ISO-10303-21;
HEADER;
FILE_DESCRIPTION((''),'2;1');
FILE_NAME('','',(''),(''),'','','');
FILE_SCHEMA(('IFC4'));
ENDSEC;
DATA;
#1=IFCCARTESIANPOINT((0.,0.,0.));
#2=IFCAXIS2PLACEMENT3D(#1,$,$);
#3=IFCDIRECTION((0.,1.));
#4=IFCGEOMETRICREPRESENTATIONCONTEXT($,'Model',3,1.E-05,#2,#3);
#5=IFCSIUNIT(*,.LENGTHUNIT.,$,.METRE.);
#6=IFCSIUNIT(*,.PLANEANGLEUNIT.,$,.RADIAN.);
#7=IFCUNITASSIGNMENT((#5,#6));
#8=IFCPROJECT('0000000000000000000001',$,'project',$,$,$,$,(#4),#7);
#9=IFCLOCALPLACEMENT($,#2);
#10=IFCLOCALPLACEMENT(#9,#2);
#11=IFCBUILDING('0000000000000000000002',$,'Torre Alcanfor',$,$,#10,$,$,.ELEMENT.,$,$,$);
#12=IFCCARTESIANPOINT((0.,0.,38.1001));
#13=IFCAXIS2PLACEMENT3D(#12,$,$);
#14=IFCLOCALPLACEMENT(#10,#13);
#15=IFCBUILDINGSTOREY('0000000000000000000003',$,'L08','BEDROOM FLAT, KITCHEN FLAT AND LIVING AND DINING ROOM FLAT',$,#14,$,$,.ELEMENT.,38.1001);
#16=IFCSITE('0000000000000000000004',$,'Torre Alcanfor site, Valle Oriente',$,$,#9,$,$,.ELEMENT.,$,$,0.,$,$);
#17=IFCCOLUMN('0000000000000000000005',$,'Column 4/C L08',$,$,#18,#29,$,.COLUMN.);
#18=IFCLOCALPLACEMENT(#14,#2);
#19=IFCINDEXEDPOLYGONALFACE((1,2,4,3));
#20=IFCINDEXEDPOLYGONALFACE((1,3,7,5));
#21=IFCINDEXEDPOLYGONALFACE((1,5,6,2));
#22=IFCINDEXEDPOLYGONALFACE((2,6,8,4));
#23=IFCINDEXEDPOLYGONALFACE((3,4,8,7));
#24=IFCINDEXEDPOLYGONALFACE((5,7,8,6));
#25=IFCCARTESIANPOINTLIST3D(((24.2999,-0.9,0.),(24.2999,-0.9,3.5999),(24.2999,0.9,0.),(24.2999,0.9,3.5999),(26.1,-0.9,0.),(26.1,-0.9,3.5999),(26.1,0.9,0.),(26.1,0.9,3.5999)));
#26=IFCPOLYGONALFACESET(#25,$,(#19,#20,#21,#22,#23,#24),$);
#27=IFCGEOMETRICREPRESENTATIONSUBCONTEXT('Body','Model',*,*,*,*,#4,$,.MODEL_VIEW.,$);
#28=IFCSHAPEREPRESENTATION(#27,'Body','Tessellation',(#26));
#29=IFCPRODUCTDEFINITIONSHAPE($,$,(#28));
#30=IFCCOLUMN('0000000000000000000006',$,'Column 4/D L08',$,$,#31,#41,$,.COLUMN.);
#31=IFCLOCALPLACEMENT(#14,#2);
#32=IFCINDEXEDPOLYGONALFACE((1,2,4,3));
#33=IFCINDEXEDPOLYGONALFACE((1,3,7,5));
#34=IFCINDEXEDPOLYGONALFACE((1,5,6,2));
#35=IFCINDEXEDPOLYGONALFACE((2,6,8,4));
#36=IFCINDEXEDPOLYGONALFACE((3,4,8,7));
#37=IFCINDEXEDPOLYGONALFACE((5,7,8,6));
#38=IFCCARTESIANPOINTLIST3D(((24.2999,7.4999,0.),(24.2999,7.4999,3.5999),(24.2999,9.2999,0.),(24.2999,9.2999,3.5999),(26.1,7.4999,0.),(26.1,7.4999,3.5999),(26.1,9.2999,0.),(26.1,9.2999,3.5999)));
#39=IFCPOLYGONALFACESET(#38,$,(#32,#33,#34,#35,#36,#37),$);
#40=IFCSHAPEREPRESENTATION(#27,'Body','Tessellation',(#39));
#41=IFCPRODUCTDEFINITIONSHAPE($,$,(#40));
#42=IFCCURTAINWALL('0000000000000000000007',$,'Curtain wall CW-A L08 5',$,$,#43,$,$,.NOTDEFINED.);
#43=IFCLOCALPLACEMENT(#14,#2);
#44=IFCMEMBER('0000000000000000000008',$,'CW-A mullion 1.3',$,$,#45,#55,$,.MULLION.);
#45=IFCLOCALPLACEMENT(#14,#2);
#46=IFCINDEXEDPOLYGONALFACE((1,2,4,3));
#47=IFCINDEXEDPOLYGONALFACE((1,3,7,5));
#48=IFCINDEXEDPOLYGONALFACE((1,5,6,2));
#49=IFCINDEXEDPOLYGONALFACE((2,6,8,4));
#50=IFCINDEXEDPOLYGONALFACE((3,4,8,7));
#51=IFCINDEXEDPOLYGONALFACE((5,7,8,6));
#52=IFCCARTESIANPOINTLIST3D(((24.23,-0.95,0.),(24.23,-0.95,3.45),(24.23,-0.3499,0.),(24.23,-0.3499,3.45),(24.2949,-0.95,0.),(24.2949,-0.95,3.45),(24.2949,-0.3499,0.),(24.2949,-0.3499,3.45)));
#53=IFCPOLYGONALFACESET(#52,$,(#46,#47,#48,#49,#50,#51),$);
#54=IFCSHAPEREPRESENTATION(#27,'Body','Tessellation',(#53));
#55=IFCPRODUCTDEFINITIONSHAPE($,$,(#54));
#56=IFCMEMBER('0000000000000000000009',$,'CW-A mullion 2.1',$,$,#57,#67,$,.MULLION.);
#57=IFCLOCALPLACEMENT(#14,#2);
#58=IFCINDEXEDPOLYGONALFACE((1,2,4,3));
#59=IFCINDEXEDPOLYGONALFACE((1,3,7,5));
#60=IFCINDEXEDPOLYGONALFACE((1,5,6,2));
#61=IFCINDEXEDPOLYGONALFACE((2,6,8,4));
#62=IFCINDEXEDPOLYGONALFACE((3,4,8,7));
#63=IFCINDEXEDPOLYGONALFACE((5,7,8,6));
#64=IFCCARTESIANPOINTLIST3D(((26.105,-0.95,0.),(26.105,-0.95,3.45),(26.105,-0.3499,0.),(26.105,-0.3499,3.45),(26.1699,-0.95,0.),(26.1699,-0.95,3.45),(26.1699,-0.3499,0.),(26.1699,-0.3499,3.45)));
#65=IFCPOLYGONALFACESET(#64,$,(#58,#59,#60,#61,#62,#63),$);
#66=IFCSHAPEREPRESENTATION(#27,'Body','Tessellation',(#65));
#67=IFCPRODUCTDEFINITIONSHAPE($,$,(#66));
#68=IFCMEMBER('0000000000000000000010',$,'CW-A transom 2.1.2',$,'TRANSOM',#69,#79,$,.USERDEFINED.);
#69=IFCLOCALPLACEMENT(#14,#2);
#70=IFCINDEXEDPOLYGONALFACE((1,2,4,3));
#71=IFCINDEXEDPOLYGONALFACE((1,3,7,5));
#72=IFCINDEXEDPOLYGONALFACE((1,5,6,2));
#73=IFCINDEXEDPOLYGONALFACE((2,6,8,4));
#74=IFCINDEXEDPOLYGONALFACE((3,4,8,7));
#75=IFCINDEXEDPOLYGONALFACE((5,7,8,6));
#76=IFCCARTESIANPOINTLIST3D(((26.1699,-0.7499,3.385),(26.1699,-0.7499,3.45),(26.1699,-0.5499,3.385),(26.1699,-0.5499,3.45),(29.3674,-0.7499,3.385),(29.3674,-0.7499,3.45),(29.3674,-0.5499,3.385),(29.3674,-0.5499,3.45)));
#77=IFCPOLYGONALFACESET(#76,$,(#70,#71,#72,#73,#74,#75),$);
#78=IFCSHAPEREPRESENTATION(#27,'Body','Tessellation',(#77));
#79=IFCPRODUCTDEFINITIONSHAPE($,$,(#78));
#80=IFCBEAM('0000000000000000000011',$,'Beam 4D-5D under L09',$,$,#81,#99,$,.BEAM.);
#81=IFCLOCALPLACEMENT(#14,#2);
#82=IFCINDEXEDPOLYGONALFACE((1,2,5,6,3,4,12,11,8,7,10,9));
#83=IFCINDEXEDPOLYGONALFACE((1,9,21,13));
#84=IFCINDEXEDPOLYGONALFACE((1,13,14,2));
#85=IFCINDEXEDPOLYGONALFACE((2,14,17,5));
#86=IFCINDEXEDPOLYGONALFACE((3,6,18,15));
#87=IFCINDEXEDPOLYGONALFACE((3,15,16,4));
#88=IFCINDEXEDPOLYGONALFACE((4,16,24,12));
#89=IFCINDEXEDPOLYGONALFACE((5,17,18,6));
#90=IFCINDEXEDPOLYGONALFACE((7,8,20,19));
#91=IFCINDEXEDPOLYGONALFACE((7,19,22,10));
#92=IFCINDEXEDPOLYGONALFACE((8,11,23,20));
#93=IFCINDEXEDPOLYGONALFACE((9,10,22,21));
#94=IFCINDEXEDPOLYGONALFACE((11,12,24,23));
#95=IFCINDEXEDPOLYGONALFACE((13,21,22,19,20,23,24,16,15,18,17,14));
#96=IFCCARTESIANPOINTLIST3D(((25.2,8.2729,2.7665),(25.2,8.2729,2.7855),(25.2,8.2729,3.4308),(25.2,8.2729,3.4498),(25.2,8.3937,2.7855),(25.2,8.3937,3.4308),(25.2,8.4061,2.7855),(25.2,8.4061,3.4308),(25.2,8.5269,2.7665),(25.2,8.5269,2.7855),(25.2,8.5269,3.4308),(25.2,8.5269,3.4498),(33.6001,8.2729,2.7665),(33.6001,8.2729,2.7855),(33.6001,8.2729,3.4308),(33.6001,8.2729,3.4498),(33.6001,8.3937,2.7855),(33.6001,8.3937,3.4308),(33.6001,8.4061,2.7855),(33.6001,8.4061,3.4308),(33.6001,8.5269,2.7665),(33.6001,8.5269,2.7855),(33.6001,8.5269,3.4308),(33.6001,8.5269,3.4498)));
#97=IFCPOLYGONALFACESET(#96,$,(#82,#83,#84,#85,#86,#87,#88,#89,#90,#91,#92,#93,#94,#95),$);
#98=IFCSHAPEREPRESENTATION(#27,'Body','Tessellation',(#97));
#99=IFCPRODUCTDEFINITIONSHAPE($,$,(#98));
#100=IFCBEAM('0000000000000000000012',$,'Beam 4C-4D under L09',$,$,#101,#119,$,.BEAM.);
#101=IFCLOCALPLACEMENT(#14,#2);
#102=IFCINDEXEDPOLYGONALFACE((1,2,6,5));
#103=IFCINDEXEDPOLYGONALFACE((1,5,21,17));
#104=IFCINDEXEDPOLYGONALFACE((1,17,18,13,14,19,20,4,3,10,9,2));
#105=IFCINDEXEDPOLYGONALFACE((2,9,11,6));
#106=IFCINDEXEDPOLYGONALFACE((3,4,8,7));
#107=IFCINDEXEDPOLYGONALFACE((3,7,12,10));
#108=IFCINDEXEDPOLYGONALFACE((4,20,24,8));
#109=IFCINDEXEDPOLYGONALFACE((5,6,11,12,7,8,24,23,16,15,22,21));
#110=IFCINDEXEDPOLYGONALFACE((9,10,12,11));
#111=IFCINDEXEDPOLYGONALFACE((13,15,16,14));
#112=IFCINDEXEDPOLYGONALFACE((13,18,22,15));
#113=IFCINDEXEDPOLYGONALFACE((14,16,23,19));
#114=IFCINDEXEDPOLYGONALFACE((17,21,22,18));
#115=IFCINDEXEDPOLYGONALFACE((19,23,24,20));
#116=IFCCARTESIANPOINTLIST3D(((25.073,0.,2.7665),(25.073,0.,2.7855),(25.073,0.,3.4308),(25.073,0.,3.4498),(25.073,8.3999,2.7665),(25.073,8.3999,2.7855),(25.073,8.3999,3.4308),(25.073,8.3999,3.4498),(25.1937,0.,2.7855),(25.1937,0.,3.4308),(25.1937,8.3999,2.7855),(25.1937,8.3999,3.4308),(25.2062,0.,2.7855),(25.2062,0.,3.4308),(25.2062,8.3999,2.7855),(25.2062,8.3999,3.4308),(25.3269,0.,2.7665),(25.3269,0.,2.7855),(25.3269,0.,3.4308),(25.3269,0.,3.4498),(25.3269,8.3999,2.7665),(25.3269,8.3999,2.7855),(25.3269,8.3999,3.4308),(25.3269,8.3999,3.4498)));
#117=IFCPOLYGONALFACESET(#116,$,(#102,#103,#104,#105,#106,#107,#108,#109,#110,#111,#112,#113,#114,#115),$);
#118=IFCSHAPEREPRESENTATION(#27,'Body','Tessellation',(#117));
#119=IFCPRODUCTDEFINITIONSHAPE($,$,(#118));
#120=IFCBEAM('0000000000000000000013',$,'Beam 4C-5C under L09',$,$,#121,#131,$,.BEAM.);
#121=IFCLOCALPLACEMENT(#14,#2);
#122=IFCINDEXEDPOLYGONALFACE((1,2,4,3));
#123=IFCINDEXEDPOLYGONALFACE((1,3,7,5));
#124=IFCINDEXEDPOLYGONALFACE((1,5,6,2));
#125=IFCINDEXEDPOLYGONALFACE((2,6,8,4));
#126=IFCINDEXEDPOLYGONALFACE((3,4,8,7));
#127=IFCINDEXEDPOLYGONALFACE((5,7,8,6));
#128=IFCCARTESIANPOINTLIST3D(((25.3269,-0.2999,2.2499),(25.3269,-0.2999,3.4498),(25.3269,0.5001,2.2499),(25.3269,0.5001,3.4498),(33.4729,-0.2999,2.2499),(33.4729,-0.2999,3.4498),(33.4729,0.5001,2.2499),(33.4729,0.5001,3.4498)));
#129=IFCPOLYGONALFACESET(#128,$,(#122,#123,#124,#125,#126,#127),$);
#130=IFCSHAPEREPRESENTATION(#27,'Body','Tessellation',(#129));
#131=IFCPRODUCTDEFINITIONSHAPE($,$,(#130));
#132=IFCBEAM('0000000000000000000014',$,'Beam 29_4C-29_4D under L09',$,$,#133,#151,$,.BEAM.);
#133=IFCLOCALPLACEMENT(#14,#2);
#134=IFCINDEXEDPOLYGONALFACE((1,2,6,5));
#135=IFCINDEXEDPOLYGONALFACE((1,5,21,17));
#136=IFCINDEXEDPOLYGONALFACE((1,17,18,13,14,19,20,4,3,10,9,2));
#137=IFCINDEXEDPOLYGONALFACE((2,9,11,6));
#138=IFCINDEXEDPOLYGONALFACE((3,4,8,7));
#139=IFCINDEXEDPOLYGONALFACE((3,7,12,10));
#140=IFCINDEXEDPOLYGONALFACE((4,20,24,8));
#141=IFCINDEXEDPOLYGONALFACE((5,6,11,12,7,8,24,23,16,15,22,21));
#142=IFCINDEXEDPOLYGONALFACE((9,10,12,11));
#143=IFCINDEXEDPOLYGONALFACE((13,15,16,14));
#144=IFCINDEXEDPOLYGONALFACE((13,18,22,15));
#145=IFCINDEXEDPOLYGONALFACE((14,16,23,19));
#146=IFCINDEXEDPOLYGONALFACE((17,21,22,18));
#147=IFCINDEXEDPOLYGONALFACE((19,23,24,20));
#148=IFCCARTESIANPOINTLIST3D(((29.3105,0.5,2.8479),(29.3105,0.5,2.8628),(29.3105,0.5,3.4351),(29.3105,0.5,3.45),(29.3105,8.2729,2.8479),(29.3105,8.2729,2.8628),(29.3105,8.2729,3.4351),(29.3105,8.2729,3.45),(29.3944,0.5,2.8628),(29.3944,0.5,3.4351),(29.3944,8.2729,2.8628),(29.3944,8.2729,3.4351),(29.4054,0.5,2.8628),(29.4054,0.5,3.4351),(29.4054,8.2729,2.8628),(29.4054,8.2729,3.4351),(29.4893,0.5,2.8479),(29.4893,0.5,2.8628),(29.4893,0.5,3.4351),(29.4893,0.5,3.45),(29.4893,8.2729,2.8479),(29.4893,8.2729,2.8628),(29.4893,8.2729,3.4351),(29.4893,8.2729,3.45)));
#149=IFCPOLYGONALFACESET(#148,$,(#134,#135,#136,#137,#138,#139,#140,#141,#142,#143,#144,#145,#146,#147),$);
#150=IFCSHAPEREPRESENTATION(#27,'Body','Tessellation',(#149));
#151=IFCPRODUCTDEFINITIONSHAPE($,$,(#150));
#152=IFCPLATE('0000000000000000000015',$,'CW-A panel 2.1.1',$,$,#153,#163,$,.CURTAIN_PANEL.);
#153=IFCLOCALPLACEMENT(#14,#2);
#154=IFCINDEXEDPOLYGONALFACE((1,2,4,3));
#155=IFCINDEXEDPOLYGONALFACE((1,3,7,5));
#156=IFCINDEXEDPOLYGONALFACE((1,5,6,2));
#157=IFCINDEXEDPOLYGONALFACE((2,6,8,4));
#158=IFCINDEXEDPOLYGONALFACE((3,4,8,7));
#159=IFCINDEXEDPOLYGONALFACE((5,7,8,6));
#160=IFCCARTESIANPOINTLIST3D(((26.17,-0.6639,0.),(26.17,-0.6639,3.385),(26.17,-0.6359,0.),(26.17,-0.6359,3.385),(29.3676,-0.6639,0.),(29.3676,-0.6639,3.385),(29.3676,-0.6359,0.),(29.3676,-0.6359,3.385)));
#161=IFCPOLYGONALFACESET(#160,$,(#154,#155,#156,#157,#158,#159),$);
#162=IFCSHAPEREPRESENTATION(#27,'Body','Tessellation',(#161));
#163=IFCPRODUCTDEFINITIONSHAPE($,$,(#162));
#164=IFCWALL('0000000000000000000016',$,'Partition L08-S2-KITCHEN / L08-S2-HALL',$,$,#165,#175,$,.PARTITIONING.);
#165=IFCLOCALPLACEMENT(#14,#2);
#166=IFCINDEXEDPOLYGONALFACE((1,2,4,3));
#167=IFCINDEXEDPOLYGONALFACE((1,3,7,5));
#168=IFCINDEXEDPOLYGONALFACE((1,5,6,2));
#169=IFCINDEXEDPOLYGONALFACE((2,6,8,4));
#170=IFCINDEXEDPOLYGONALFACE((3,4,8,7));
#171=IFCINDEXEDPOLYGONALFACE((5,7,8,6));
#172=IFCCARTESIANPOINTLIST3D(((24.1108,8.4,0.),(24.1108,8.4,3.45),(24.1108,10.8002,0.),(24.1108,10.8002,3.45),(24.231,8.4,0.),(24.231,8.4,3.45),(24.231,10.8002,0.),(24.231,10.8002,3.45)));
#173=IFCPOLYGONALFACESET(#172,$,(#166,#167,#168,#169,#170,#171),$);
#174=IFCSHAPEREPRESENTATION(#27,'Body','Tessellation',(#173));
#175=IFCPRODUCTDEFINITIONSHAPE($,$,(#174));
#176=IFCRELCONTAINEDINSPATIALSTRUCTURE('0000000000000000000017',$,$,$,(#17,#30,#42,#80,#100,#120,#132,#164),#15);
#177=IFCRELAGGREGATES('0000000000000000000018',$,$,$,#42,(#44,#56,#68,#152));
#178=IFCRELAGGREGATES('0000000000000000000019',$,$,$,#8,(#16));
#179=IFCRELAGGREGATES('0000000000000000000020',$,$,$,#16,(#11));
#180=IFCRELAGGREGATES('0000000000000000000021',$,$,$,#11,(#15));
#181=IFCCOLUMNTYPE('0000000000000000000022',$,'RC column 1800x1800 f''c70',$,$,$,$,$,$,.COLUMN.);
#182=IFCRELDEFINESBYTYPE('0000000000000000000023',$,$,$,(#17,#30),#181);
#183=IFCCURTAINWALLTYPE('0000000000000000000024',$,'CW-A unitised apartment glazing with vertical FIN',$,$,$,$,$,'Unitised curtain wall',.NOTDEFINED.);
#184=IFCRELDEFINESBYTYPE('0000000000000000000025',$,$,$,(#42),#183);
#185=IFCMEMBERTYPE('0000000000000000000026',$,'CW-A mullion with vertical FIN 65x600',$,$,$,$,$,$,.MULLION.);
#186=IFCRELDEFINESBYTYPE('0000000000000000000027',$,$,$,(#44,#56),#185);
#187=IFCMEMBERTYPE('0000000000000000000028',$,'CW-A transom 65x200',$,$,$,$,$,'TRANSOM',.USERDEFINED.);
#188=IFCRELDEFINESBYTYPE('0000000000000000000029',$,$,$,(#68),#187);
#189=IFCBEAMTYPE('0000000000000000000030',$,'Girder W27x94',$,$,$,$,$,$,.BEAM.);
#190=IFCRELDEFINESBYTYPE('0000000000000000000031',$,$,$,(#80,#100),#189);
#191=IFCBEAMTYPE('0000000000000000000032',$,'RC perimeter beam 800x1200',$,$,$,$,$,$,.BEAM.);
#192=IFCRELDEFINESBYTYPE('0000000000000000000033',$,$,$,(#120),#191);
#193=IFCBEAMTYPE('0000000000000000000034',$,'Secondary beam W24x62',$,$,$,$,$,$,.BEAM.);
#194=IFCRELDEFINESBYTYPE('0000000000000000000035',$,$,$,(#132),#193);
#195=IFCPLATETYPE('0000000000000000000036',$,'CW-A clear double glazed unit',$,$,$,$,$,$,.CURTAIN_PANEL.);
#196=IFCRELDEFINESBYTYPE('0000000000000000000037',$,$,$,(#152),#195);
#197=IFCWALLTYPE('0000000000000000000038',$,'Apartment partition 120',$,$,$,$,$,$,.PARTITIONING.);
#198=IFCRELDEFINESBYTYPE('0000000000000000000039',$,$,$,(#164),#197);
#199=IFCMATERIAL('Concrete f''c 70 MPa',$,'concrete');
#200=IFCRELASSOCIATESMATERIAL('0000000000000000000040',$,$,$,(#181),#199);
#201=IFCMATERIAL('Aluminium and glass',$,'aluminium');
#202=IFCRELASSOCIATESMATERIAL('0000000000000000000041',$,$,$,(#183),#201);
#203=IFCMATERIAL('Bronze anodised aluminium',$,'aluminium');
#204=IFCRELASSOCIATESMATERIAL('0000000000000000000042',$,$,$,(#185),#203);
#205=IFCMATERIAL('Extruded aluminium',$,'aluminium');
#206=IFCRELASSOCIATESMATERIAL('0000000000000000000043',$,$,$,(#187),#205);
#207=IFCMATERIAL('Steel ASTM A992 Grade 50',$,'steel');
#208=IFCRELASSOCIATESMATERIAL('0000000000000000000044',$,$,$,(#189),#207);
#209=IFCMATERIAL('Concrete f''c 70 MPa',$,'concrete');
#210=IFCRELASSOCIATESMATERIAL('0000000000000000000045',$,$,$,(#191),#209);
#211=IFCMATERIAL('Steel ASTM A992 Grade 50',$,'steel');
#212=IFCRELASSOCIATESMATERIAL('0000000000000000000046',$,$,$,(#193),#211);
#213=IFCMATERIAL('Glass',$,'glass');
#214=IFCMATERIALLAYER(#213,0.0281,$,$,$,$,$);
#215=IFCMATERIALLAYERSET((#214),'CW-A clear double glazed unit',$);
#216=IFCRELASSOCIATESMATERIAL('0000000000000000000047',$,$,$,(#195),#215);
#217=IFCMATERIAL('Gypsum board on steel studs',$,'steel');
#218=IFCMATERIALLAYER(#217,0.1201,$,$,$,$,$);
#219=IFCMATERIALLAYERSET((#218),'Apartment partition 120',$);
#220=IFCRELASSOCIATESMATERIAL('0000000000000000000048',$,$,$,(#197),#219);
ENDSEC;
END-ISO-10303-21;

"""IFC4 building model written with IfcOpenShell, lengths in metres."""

from ifc_helpers import new_model, si_unit, direction, frame, frame_2d, origin, origin_2d, place, context, subcontext, project, spatial, rectangle, i_section, extrude, material, layer, layer_set, material_profile, profile_set, type_object, element, aggregate, save


model = new_model("IFC4")

# Units and contexts
model_context = context("Model", 3, precision=1e-05, world=origin(), true_north=direction((0.0, 1.0)))
body_context = subcontext(model_context, "Body", "Model", "MODEL_VIEW")
ifc_project = project(units=[si_unit("LENGTHUNIT", "METRE"), si_unit("PLANEANGLEUNIT", "RADIAN")], contexts=[model_context])

# Site, building, storey
site_placement = place(None, origin())
site = spatial("IfcSite", under=ifc_project, at=site_placement, Name="Torre Alcanfor site, Valle Oriente", CompositionType="ELEMENT", RefElevation=0.0)
building_placement = place(site_placement, origin())
building = spatial("IfcBuilding", under=site, at=building_placement, Name="Torre Alcanfor", CompositionType="ELEMENT")
storey_placement = place(building_placement, frame((0.0, 0.0, 38.1001)))
storey = spatial("IfcBuildingStorey", under=building, at=storey_placement, Name="L08", Description="BEDROOM FLAT, KITCHEN FLAT AND LIVING AND DINING ROOM FLAT", CompositionType="ELEMENT", Elevation=38.1001)

# Columns
ifc_material_1 = material(Name="Concrete f'c 70 MPa", Category="concrete")
ifc_material_profile_1 = material_profile(ifc_material_1, rectangle(XDim=1.8, YDim=1.8, at=origin_2d()), Name="1800x1800")
ifc_profile_set_1 = profile_set([ifc_material_profile_1], Name="Concrete f'c 70 MPa")
column_type = type_object("IfcColumnType", Name="RC column 1800x1800 f'c70", PredefinedType="COLUMN", material=ifc_profile_set_1)
for number, where, z_axis, x_axis, name in (
    (1, (25.2, 0.0, 0.0), (0.0, 0.0, 1.0), (1.0, 0.0, 0.0), "Column 4/C L08"),
    (2, (25.2, 8.3999, 0.0), (0.0, 0.0, 1.0), (1.0, 0.0, 0.0), "Column 4/D L08"),
):
    element("IfcColumn", number, at=place(storey_placement, frame(where, z_axis=z_axis, x_axis=x_axis)), inside=storey, type_object=column_type, Name=name, PredefinedType="COLUMN", context=body_context, shape_type="SweptSolid", body=[
        extrude(rectangle(XDim=1.8, YDim=1.8, at=origin_2d()), origin(), (0.0, 0.0, 1.0), 3.5999),
    ])

# Curtain wall, members
ifc_material_2 = material(Name="Aluminium and glass", Category="aluminium")
curtain_wall_type = type_object("IfcCurtainWallType", Name="CW-A unitised apartment glazing with vertical FIN", ElementType="Unitised curtain wall", PredefinedType="NOTDEFINED", material=ifc_material_2)
curtain_wall_placement = place(storey_placement, origin())
curtain_wall = element("IfcCurtainWall", 3, at=curtain_wall_placement, inside=storey, type_object=curtain_wall_type, Name="Curtain wall CW-A L08 5", PredefinedType="NOTDEFINED")
ifc_material_3 = material(Name="Bronze anodised aluminium", Category="aluminium")
ifc_material_profile_2 = material_profile(ifc_material_3, rectangle(XDim=0.6001, YDim=0.0649, at=origin_2d()), Name="CW-A mullion 65x600")
ifc_profile_set_2 = profile_set([ifc_material_profile_2], Name="Bronze anodised aluminium")
member_type_1 = type_object("IfcMemberType", Name="CW-A mullion with vertical FIN 65x600", PredefinedType="MULLION", material=ifc_profile_set_2)
member_1_placement = place(storey_placement, frame((24.2625, -0.6499, 0.0), z_axis=(0.0, 0.0, 1.0), x_axis=(0.0, 1.0, 0.0)))
member_1 = element("IfcMember", 4, at=member_1_placement, type_object=member_type_1, Name="CW-A mullion 1.3", PredefinedType="MULLION", context=body_context, shape_type="SweptSolid", body=[
    extrude(rectangle(XDim=0.6001, YDim=0.0649, at=origin_2d()), origin(), (0.0, 0.0, 1.0), 3.45),
])
member_2_placement = place(storey_placement, frame((26.1375, -0.6499, 0.0), z_axis=(0.0, 0.0, 1.0), x_axis=(0.0, 1.0, 0.0)))
member_2 = element("IfcMember", 5, at=member_2_placement, type_object=member_type_1, Name="CW-A mullion 2.1", PredefinedType="MULLION", context=body_context, shape_type="SweptSolid", body=[
    extrude(rectangle(XDim=0.6001, YDim=0.0649, at=origin_2d()), origin(), (0.0, 0.0, 1.0), 3.45),
])
ifc_material_4 = material(Name="Extruded aluminium", Category="aluminium")
ifc_material_profile_3 = material_profile(ifc_material_4, rectangle(XDim=0.2, YDim=0.0649, at=origin_2d()), Name="CW-A transom 200x65")
ifc_profile_set_3 = profile_set([ifc_material_profile_3], Name="Extruded aluminium")
member_type_2 = type_object("IfcMemberType", Name="CW-A transom 65x200", ElementType="TRANSOM", PredefinedType="USERDEFINED", material=ifc_profile_set_3)
member_3_placement = place(storey_placement, frame((26.1699, -0.6499, 3.4175), z_axis=(1.0, 0.0, 0.0), x_axis=(0.0, 1.0, 0.0)))
member_3 = element("IfcMember", 6, at=member_3_placement, type_object=member_type_2, Name="CW-A transom 2.1.2", ObjectType="TRANSOM", PredefinedType="USERDEFINED", context=body_context, shape_type="SweptSolid", body=[
    extrude(rectangle(XDim=0.2, YDim=0.0649, at=origin_2d()), origin(), (0.0, 0.0, 1.0), 3.1975),
])

# Beams
ifc_material_5 = material(Name="Steel ASTM A992 Grade 50", Category="steel")
ifc_material_profile_4 = material_profile(ifc_material_5, i_section(OverallWidth=0.2539, OverallDepth=0.6833, WebThickness=0.0125, FlangeThickness=0.019, at=origin_2d()), Name="W27x94")
ifc_profile_set_4 = profile_set([ifc_material_profile_4], Name="Steel ASTM A992 Grade 50")
beam_type_1 = type_object("IfcBeamType", Name="Girder W27x94", PredefinedType="BEAM", material=ifc_profile_set_4)
beam_1_placement = place(storey_placement, frame((25.2, 8.3999, 3.1082), z_axis=(1.0, 0.0, 0.0), x_axis=(0.0, 1.0, 0.0)))
element("IfcBeam", 7, at=beam_1_placement, inside=storey, type_object=beam_type_1, Name="Beam 4D-5D under L09", PredefinedType="BEAM", context=body_context, shape_type="SweptSolid", body=[
    extrude(i_section(OverallWidth=0.2539, OverallDepth=0.6833, WebThickness=0.0125, FlangeThickness=0.019, at=origin_2d()), origin(), (0.0, 0.0, 1.0), 8.4001),
])
beam_2_placement = place(storey_placement, frame((25.2, 0.0, 3.1082), z_axis=(0.0, 1.0, 0.0), x_axis=(-1.0, 0.0, 0.0)))
element("IfcBeam", 8, at=beam_2_placement, inside=storey, type_object=beam_type_1, Name="Beam 4C-4D under L09", PredefinedType="BEAM", context=body_context, shape_type="SweptSolid", body=[
    extrude(i_section(OverallWidth=0.2539, OverallDepth=0.6833, WebThickness=0.0125, FlangeThickness=0.019, at=origin_2d()), origin(), (0.0, 0.0, 1.0), 8.3999),
])
ifc_material_6 = material(Name="Concrete f'c 70 MPa", Category="concrete")
ifc_material_profile_5 = material_profile(ifc_material_6, rectangle(XDim=0.8, YDim=1.2, at=origin_2d()), Name="800x1200")
ifc_profile_set_5 = profile_set([ifc_material_profile_5], Name="Concrete f'c 70 MPa")
beam_type_2 = type_object("IfcBeamType", Name="RC perimeter beam 800x1200", PredefinedType="BEAM", material=ifc_profile_set_5)
beam_3_placement = place(storey_placement, frame((25.3269, 0.1001, 2.8499), z_axis=(1.0, 0.0, 0.0), x_axis=(0.0, 1.0, 0.0)))
element("IfcBeam", 9, at=beam_3_placement, inside=storey, type_object=beam_type_2, Name="Beam 4C-5C under L09", PredefinedType="BEAM", context=body_context, shape_type="SweptSolid", body=[
    extrude(rectangle(XDim=0.8, YDim=1.2, at=origin_2d()), origin(), (0.0, 0.0, 1.0), 8.146),
])
ifc_material_7 = material(Name="Steel ASTM A992 Grade 50", Category="steel")
ifc_material_profile_6 = material_profile(ifc_material_7, i_section(OverallWidth=0.1787, OverallDepth=0.6021, WebThickness=0.011, FlangeThickness=0.0149, at=origin_2d()), Name="W24x62")
ifc_profile_set_6 = profile_set([ifc_material_profile_6], Name="Steel ASTM A992 Grade 50")
beam_type_3 = type_object("IfcBeamType", Name="Secondary beam W24x62", PredefinedType="BEAM", material=ifc_profile_set_6)
beam_4_placement = place(storey_placement, frame((29.3999, 0.5, 3.1489), z_axis=(0.0, 1.0, 0.0), x_axis=(-1.0, 0.0, 0.0)))
element("IfcBeam", 10, at=beam_4_placement, inside=storey, type_object=beam_type_3, Name="Beam 29_4C-29_4D under L09", PredefinedType="BEAM", context=body_context, shape_type="SweptSolid", body=[
    extrude(i_section(OverallWidth=0.1787, OverallDepth=0.6021, WebThickness=0.011, FlangeThickness=0.0149, at=origin_2d()), origin(), (0.0, 0.0, 1.0), 7.7729),
])

# Plate
ifc_material_8 = material(Name="Glass", Category="glass")
ifc_layer_1 = layer(ifc_material_8, 0.0281)
ifc_layer_set_1 = layer_set([ifc_layer_1], Name="CW-A clear double glazed unit")
plate_type = type_object("IfcPlateType", Name="CW-A clear double glazed unit", PredefinedType="CURTAIN_PANEL", material=ifc_layer_set_1)
plate_placement = place(storey_placement, frame((27.7688, -0.6499, 0.0), z_axis=(0.0, 0.0, 1.0), x_axis=(1.0, 0.0, 0.0)))
plate = element("IfcPlate", 11, at=plate_placement, type_object=plate_type, Name="CW-A panel 2.1.1", PredefinedType="CURTAIN_PANEL", context=body_context, shape_type="SweptSolid", body=[
    extrude(rectangle(XDim=3.1975, YDim=0.0281, at=origin_2d()), origin(), (0.0, 0.0, 1.0), 3.385),
])
aggregate(curtain_wall, [member_1, member_2, member_3, plate])

# Wall
ifc_material_9 = material(Name="Gypsum board on steel studs", Category="steel")
ifc_layer_2 = layer(ifc_material_9, 0.1201)
ifc_layer_set_2 = layer_set([ifc_layer_2], Name="Apartment partition 120")
wall_type = type_object("IfcWallType", Name="Apartment partition 120", PredefinedType="PARTITIONING", material=ifc_layer_set_2)
wall_1_placement = place(storey_placement, frame((24.1709, 8.3999, 0.0), z_axis=(0.0, 0.0, 1.0), x_axis=(0.0, 1.0, 0.0)))
element("IfcWall", 12, at=wall_1_placement, inside=storey, type_object=wall_type, Name="Partition L08-S2-KITCHEN / L08-S2-HALL", PredefinedType="PARTITIONING", context=body_context, shape_type="SweptSolid", body=[
    extrude(rectangle(XDim=2.4001, YDim=0.1201, at=frame_2d((1.2002, 0.0))), origin(), (0.0, 0.0, 1.0), 3.45),
])

save(model, "model.ifc")
